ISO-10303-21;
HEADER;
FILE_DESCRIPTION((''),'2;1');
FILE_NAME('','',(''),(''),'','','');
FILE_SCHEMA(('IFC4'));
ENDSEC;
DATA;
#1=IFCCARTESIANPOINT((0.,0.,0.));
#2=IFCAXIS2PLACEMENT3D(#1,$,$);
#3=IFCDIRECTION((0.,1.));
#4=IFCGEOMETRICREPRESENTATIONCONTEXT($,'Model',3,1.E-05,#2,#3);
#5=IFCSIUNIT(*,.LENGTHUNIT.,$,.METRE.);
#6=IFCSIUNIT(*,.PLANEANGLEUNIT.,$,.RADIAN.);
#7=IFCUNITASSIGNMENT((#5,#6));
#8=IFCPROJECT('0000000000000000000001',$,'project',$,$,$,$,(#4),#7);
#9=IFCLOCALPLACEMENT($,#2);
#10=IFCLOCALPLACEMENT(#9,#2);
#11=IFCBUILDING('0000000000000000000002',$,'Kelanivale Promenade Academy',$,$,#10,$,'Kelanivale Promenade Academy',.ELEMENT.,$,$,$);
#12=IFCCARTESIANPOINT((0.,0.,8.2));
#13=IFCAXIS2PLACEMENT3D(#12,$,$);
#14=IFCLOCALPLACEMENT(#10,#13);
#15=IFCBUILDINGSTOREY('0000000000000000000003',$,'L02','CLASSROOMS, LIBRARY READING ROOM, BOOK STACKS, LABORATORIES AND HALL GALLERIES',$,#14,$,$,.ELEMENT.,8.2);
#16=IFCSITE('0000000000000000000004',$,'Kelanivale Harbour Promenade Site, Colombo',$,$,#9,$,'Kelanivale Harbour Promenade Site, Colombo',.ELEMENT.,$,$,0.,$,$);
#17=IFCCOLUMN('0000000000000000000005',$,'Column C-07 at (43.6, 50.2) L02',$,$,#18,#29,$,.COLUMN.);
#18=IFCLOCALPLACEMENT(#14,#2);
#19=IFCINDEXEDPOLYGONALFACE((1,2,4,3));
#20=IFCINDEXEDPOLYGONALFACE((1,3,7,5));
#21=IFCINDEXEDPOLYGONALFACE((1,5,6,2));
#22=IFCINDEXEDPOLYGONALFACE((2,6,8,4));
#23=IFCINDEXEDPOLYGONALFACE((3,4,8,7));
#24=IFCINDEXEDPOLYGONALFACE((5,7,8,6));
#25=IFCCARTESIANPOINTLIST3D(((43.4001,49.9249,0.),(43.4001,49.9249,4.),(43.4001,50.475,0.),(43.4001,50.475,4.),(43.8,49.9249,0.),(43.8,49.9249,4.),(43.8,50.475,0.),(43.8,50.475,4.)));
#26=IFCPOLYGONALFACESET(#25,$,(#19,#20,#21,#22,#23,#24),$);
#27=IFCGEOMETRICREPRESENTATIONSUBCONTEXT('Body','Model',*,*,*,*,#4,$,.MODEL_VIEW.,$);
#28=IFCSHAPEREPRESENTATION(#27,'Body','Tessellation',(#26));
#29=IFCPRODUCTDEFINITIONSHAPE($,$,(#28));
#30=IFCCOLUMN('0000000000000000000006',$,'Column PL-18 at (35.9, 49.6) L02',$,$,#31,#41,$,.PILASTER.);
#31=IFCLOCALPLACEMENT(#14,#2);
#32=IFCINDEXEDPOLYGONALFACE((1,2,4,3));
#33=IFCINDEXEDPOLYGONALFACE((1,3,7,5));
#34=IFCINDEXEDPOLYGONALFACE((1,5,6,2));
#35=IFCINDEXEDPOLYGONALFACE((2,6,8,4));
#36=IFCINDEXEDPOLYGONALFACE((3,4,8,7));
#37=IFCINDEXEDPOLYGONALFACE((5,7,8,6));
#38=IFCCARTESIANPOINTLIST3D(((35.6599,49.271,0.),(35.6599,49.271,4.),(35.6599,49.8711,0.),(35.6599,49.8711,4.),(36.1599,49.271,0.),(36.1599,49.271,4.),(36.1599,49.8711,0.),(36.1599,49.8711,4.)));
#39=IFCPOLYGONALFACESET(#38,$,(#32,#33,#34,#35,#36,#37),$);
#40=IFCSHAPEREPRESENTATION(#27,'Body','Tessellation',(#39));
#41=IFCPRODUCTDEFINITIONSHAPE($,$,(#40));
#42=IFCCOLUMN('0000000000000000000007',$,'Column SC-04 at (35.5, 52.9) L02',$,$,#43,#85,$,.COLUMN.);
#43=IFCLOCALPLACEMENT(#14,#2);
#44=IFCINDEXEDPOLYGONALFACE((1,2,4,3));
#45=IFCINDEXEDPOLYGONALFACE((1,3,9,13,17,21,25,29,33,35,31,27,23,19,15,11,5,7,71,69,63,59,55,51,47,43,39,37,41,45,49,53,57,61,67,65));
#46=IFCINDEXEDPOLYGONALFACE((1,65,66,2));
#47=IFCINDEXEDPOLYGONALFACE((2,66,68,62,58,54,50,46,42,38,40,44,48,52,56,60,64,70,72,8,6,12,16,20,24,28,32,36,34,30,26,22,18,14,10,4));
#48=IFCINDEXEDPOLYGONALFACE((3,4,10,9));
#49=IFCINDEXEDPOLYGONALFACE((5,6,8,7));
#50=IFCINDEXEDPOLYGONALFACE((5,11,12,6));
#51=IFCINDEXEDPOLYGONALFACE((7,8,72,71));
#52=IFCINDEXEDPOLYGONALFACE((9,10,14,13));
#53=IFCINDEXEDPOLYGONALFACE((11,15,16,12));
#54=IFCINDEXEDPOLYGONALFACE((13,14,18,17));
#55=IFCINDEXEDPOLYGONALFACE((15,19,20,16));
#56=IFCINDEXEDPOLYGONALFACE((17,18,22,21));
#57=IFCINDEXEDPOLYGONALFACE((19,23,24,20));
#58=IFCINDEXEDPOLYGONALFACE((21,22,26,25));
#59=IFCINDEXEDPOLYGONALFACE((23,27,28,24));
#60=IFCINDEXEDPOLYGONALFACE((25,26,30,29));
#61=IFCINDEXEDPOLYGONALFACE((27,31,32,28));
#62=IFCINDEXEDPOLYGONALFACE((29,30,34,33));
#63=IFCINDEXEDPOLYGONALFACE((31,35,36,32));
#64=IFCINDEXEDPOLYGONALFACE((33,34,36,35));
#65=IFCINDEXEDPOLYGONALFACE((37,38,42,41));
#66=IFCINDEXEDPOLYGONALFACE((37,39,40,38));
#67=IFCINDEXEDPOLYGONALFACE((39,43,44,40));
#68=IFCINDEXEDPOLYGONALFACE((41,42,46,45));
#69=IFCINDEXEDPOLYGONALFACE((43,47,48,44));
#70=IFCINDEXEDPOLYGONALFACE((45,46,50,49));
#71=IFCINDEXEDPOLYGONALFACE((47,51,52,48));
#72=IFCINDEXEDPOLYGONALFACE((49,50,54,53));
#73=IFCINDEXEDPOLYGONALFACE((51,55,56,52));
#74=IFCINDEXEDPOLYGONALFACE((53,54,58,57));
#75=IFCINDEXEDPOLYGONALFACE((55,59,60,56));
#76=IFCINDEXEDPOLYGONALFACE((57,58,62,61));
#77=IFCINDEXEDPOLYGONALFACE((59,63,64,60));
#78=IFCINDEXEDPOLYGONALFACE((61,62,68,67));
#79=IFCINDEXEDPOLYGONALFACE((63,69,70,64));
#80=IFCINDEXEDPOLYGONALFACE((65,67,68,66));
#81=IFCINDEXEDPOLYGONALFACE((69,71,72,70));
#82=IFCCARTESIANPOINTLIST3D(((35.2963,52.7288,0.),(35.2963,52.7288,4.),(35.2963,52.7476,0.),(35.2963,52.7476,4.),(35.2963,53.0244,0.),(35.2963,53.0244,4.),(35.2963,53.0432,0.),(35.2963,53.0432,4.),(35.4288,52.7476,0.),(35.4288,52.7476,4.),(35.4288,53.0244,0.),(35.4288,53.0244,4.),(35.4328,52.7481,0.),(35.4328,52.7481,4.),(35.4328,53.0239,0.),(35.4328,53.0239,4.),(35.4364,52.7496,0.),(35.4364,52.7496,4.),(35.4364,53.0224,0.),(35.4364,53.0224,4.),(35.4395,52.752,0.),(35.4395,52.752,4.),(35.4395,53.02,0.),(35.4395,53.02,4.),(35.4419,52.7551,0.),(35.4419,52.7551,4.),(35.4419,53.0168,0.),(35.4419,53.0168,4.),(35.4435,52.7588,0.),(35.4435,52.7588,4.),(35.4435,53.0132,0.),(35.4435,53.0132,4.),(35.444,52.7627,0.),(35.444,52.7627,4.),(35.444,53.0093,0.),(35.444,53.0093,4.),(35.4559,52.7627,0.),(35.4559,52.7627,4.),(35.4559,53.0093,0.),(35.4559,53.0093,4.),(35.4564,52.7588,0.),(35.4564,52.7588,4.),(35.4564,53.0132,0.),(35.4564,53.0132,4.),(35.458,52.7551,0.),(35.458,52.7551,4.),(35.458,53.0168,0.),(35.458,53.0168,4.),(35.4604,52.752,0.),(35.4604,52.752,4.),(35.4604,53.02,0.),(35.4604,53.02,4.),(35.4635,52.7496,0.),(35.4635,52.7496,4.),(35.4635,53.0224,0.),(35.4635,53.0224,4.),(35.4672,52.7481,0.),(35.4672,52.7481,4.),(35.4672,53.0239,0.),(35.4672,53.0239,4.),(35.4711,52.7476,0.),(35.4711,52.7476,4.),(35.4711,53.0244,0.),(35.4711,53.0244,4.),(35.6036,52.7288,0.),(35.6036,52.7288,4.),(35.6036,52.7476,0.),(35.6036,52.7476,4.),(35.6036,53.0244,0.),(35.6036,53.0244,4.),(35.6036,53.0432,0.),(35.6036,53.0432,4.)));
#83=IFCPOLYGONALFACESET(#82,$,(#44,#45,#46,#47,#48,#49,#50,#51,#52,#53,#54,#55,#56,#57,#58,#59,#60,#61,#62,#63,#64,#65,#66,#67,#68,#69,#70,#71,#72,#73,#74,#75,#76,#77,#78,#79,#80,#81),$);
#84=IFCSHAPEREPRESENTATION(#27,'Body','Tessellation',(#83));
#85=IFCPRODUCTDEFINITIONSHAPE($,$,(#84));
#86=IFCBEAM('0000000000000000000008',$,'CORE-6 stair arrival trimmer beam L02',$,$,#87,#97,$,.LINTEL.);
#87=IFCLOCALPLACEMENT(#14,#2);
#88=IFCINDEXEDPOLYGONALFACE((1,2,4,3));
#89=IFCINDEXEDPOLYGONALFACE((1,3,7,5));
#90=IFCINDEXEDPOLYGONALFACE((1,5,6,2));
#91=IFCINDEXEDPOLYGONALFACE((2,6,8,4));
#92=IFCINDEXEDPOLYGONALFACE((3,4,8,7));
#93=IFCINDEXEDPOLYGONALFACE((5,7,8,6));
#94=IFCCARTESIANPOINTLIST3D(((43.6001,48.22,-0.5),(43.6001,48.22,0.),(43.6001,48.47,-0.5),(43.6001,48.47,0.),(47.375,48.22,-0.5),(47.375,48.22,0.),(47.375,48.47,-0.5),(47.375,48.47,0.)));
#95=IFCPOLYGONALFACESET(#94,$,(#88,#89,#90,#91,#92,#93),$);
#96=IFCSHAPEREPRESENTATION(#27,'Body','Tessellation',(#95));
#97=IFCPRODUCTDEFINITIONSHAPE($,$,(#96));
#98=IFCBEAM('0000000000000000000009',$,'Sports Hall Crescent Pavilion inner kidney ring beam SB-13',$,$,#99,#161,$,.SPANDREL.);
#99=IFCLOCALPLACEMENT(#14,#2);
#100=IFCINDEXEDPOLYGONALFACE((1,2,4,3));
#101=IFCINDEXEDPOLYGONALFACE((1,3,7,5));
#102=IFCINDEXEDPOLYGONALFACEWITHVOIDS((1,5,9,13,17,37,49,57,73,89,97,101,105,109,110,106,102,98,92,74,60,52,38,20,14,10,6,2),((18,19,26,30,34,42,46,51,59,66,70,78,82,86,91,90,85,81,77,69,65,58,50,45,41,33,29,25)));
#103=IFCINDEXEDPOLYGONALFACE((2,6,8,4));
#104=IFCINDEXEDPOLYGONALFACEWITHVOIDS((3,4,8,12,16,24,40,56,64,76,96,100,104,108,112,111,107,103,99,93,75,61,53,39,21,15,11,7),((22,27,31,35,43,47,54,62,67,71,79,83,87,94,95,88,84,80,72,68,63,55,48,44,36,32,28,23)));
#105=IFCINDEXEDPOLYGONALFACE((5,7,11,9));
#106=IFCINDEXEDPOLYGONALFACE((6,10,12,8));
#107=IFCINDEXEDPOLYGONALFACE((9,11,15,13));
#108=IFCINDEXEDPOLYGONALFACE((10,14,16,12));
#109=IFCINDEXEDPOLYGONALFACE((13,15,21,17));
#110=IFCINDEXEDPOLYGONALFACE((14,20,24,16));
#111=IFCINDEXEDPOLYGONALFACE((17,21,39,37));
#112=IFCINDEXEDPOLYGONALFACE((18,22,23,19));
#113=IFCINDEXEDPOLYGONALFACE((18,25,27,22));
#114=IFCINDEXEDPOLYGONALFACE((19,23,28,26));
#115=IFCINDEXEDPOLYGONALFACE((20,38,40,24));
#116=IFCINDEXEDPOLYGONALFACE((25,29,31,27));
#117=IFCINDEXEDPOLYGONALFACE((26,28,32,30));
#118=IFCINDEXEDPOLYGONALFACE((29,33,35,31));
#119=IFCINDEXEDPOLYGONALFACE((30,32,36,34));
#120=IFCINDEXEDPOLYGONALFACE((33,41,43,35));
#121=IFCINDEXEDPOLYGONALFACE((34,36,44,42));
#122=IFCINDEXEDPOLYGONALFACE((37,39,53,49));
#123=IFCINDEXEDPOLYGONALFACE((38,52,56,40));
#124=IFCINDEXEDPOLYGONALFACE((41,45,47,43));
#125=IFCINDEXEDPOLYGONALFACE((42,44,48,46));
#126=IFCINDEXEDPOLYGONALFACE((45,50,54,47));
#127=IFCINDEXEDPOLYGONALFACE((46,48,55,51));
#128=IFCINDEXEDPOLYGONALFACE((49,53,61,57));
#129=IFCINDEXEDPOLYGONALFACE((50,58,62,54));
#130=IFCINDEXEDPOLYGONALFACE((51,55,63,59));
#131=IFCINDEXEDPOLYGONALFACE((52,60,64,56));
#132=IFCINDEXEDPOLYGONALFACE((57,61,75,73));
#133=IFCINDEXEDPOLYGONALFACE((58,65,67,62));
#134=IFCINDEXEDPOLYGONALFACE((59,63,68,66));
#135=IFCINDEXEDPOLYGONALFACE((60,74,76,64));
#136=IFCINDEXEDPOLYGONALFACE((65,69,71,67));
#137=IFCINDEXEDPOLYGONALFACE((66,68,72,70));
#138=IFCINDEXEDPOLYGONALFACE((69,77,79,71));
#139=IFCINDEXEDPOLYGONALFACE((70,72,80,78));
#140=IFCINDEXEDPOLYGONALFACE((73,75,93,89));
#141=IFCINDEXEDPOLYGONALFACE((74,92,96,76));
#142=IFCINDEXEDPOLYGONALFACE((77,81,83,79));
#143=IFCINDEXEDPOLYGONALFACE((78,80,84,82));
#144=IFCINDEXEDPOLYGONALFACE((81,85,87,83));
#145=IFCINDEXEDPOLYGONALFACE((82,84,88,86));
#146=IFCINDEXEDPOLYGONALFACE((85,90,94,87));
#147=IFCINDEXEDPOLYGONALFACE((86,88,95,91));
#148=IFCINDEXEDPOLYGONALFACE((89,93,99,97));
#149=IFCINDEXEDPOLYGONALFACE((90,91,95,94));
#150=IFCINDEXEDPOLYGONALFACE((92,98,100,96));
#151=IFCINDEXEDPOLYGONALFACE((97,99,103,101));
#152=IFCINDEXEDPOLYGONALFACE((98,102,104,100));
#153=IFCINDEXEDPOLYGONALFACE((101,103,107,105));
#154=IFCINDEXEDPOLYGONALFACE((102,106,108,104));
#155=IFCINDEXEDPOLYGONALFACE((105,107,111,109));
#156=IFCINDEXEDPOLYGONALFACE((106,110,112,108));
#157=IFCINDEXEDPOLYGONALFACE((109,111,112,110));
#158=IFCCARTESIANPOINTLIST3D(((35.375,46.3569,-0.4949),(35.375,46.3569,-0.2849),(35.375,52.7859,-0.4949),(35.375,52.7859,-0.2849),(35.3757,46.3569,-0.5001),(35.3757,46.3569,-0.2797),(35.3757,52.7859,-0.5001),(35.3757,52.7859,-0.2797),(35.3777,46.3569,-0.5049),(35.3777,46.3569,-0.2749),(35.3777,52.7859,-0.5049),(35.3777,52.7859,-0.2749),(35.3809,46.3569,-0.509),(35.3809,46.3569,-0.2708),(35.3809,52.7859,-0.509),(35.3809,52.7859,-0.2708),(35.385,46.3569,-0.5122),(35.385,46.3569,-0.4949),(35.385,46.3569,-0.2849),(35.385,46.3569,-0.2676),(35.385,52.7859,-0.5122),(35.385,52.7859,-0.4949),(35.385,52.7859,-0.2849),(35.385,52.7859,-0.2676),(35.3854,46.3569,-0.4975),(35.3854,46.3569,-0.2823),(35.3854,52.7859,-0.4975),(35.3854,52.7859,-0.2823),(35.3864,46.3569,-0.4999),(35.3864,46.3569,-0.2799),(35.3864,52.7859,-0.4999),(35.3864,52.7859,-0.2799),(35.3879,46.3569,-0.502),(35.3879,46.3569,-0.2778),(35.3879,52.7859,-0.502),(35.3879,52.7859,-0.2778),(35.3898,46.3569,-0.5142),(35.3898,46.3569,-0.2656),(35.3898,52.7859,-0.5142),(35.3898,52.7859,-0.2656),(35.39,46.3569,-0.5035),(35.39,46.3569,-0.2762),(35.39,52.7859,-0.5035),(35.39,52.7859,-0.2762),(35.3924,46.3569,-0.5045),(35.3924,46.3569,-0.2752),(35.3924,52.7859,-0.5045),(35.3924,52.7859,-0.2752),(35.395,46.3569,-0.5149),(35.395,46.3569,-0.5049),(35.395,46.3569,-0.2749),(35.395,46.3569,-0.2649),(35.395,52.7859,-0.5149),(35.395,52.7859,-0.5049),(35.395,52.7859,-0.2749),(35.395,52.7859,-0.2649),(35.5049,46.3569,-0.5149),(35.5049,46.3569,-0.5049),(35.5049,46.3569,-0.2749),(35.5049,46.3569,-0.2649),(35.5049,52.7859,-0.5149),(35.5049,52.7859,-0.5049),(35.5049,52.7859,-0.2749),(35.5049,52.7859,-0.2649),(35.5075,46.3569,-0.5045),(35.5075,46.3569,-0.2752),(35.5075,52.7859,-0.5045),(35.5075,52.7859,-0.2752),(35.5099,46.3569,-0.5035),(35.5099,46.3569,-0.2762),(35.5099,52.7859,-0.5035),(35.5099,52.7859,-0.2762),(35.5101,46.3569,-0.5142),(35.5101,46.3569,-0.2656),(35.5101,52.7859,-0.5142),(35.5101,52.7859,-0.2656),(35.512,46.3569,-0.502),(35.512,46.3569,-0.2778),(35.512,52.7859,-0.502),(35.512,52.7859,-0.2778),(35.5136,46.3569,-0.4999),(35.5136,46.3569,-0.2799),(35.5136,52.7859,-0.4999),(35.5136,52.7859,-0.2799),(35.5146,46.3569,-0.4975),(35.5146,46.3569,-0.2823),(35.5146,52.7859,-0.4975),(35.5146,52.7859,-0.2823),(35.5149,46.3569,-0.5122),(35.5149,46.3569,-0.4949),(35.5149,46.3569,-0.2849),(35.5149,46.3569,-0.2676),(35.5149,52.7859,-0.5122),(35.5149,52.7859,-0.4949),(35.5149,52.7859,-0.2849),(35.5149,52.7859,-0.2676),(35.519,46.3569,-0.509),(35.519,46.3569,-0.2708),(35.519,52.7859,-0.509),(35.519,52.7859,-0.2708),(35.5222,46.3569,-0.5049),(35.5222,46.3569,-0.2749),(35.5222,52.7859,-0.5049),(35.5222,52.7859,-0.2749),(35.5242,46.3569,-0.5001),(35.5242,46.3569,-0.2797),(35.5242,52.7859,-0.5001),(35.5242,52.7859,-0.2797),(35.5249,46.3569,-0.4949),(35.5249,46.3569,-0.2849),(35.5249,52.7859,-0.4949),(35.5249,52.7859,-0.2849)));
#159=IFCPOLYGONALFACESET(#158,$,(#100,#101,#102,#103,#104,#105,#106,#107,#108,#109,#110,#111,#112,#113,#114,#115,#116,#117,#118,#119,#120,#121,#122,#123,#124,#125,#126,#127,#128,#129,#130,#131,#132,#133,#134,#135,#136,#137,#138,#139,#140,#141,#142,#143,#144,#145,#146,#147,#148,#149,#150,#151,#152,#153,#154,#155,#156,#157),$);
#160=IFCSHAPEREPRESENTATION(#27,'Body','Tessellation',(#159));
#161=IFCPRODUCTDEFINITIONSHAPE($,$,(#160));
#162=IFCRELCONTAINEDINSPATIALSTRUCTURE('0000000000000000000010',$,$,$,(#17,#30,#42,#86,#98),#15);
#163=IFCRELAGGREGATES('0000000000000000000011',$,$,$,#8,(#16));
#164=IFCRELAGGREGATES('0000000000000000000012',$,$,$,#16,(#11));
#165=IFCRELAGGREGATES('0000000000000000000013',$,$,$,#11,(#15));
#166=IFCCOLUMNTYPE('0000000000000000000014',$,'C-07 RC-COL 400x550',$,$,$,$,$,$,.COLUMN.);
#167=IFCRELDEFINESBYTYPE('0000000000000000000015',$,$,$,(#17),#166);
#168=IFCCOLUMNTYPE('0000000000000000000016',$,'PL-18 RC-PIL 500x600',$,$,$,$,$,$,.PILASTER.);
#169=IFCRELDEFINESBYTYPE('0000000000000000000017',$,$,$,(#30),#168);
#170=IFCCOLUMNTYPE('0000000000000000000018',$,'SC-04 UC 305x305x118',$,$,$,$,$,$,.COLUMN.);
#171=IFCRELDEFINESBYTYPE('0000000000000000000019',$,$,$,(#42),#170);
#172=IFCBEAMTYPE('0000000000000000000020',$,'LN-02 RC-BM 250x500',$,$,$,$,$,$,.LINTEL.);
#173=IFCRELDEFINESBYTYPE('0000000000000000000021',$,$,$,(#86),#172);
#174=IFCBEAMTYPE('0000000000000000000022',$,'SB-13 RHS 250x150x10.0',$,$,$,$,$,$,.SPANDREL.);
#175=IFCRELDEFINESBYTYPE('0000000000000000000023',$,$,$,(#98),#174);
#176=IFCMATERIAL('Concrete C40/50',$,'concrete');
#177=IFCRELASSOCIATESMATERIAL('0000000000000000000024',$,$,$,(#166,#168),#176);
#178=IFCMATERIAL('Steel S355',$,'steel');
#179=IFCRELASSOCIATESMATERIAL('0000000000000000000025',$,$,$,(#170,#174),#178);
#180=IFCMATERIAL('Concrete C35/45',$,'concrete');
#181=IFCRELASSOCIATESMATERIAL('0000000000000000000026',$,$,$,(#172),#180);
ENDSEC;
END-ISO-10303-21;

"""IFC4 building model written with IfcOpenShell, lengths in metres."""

from ifc_helpers import new_model, si_unit, direction, frame, origin, origin_2d, place, context, subcontext, project, spatial, rectangle, hollow_rectangle, i_section, extrude, material, material_profile, profile_set, type_object, element, save


model = new_model("IFC4")

# Units and contexts
model_context = context("Model", 3, precision=1e-05, world=origin(), true_north=direction((0.0, 1.0)))
body_context = subcontext(model_context, "Body", "Model", "MODEL_VIEW")
ifc_project = project(units=[si_unit("LENGTHUNIT", "METRE"), si_unit("PLANEANGLEUNIT", "RADIAN")], contexts=[model_context])

# Site, building, storey
site_placement = place(None, origin())
site = spatial("IfcSite", under=ifc_project, at=site_placement, Name="Kelanivale Harbour Promenade Site, Colombo", LongName="Kelanivale Harbour Promenade Site, Colombo", CompositionType="ELEMENT", RefElevation=0.0)
building_placement = place(site_placement, origin())
building = spatial("IfcBuilding", under=site, at=building_placement, Name="Kelanivale Promenade Academy", LongName="Kelanivale Promenade Academy", CompositionType="ELEMENT")
storey_placement = place(building_placement, frame((0.0, 0.0, 8.2)))
storey = spatial("IfcBuildingStorey", under=building, at=storey_placement, Name="L02", Description="CLASSROOMS, LIBRARY READING ROOM, BOOK STACKS, LABORATORIES AND HALL GALLERIES", CompositionType="ELEMENT", Elevation=8.2)

# Columns
ifc_material_1 = material(Name="Concrete C40/50", Category="concrete")
ifc_material_profile_1 = material_profile(ifc_material_1, rectangle(XDim=0.3999, YDim=0.55, at=origin_2d()), Name="RC-COL 400x550")
ifc_profile_set_1 = profile_set([ifc_material_profile_1], Name="Concrete C40/50")
column_type_1 = type_object("IfcColumnType", Name="C-07 RC-COL 400x550", PredefinedType="COLUMN", material=ifc_profile_set_1)
column_1_placement = place(storey_placement, frame((43.6001, 50.2, 0.0), z_axis=(0.0, 0.0, 1.0), x_axis=(1.0, 0.0, 0.0)))
element("IfcColumn", 1, at=column_1_placement, inside=storey, type_object=column_type_1, Name="Column C-07 at (43.6, 50.2) L02", PredefinedType="COLUMN", context=body_context, shape_type="SweptSolid", body=[
    extrude(rectangle(XDim=0.3999, YDim=0.55, at=origin_2d()), origin(), (0.0, 0.0, 1.0), 4.0),
])
ifc_material_profile_2 = material_profile(ifc_material_1, rectangle(XDim=0.5, YDim=0.6001, at=origin_2d()), Name="RC-PIL 500x600")
ifc_profile_set_2 = profile_set([ifc_material_profile_2], Name="Concrete C40/50")
column_type_2 = type_object("IfcColumnType", Name="PL-18 RC-PIL 500x600", PredefinedType="PILASTER", material=ifc_profile_set_2)
column_2_placement = place(storey_placement, frame((35.9099, 49.571, 0.0), z_axis=(0.0, 0.0, 1.0), x_axis=(1.0, 0.0, 0.0)))
element("IfcColumn", 2, at=column_2_placement, inside=storey, type_object=column_type_2, Name="Column PL-18 at (35.9, 49.6) L02", PredefinedType="PILASTER", context=body_context, shape_type="SweptSolid", body=[
    extrude(rectangle(XDim=0.5, YDim=0.6001, at=origin_2d()), origin(), (0.0, 0.0, 1.0), 4.0),
])
ifc_material_2 = material(Name="Steel S355", Category="steel")
ifc_material_profile_3 = material_profile(ifc_material_2, i_section(OverallWidth=0.3074, OverallDepth=0.3145, WebThickness=0.012, FlangeThickness=0.0188, FilletRadius=0.0151, at=origin_2d()), Name="UC 305x305x118")
ifc_profile_set_3 = profile_set([ifc_material_profile_3], Name="Steel S355")
column_type_3 = type_object("IfcColumnType", Name="SC-04 UC 305x305x118", PredefinedType="COLUMN", material=ifc_profile_set_3)
column_3_placement = place(storey_placement, frame((35.45, 52.886, 0.0), z_axis=(0.0, 0.0, 1.0), x_axis=(1.0, 0.0, 0.0)))
element("IfcColumn", 3, at=column_3_placement, inside=storey, type_object=column_type_3, Name="Column SC-04 at (35.5, 52.9) L02", PredefinedType="COLUMN", context=body_context, shape_type="SweptSolid", body=[
    extrude(i_section(OverallWidth=0.3074, OverallDepth=0.3145, WebThickness=0.012, FlangeThickness=0.0188, FilletRadius=0.0151, at=origin_2d()), origin(), (0.0, 0.0, 1.0), 4.0),
])

# Beams
ifc_material_3 = material(Name="Concrete C35/45", Category="concrete")
ifc_material_profile_4 = material_profile(ifc_material_3, rectangle(XDim=0.25, YDim=0.5, at=origin_2d()), Name="RC-BM 250x500")
ifc_profile_set_4 = profile_set([ifc_material_profile_4], Name="Concrete C35/45")
beam_type_1 = type_object("IfcBeamType", Name="LN-02 RC-BM 250x500", PredefinedType="LINTEL", material=ifc_profile_set_4)
beam_1_placement = place(storey_placement, frame((43.6001, 48.345, -0.25), z_axis=(1.0, 0.0, 0.0), x_axis=(0.0, 1.0, 0.0)))
element("IfcBeam", 4, at=beam_1_placement, inside=storey, type_object=beam_type_1, Name="CORE-6 stair arrival trimmer beam L02", PredefinedType="LINTEL", context=body_context, shape_type="SweptSolid", body=[
    extrude(rectangle(XDim=0.25, YDim=0.5, at=origin_2d()), origin(), (0.0, 0.0, 1.0), 3.7749),
])
ifc_material_profile_5 = material_profile(ifc_material_2, hollow_rectangle(XDim=0.1499, YDim=0.25, WallThickness=0.01, InnerFilletRadius=0.01, OuterFilletRadius=0.02, at=origin_2d()), Name="RHS 250x150x10.0")
ifc_profile_set_5 = profile_set([ifc_material_profile_5], Name="Steel S355")
beam_type_2 = type_object("IfcBeamType", Name="SB-13 RHS 250x150x10.0", PredefinedType="SPANDREL", material=ifc_profile_set_5)
beam_2_placement = place(storey_placement, frame((35.45, 46.3569, -0.3899), z_axis=(0.0, 1.0, 0.0), x_axis=(-1.0, 0.0, 0.0)))
element("IfcBeam", 5, at=beam_2_placement, inside=storey, type_object=beam_type_2, Name="Sports Hall Crescent Pavilion inner kidney ring beam SB-13", PredefinedType="SPANDREL", context=body_context, shape_type="SweptSolid", body=[
    extrude(hollow_rectangle(XDim=0.1499, YDim=0.25, WallThickness=0.01, InnerFilletRadius=0.01, OuterFilletRadius=0.02, at=origin_2d()), origin(), (0.0, 0.0, 1.0), 6.429),
])

save(model, "model.ifc")
